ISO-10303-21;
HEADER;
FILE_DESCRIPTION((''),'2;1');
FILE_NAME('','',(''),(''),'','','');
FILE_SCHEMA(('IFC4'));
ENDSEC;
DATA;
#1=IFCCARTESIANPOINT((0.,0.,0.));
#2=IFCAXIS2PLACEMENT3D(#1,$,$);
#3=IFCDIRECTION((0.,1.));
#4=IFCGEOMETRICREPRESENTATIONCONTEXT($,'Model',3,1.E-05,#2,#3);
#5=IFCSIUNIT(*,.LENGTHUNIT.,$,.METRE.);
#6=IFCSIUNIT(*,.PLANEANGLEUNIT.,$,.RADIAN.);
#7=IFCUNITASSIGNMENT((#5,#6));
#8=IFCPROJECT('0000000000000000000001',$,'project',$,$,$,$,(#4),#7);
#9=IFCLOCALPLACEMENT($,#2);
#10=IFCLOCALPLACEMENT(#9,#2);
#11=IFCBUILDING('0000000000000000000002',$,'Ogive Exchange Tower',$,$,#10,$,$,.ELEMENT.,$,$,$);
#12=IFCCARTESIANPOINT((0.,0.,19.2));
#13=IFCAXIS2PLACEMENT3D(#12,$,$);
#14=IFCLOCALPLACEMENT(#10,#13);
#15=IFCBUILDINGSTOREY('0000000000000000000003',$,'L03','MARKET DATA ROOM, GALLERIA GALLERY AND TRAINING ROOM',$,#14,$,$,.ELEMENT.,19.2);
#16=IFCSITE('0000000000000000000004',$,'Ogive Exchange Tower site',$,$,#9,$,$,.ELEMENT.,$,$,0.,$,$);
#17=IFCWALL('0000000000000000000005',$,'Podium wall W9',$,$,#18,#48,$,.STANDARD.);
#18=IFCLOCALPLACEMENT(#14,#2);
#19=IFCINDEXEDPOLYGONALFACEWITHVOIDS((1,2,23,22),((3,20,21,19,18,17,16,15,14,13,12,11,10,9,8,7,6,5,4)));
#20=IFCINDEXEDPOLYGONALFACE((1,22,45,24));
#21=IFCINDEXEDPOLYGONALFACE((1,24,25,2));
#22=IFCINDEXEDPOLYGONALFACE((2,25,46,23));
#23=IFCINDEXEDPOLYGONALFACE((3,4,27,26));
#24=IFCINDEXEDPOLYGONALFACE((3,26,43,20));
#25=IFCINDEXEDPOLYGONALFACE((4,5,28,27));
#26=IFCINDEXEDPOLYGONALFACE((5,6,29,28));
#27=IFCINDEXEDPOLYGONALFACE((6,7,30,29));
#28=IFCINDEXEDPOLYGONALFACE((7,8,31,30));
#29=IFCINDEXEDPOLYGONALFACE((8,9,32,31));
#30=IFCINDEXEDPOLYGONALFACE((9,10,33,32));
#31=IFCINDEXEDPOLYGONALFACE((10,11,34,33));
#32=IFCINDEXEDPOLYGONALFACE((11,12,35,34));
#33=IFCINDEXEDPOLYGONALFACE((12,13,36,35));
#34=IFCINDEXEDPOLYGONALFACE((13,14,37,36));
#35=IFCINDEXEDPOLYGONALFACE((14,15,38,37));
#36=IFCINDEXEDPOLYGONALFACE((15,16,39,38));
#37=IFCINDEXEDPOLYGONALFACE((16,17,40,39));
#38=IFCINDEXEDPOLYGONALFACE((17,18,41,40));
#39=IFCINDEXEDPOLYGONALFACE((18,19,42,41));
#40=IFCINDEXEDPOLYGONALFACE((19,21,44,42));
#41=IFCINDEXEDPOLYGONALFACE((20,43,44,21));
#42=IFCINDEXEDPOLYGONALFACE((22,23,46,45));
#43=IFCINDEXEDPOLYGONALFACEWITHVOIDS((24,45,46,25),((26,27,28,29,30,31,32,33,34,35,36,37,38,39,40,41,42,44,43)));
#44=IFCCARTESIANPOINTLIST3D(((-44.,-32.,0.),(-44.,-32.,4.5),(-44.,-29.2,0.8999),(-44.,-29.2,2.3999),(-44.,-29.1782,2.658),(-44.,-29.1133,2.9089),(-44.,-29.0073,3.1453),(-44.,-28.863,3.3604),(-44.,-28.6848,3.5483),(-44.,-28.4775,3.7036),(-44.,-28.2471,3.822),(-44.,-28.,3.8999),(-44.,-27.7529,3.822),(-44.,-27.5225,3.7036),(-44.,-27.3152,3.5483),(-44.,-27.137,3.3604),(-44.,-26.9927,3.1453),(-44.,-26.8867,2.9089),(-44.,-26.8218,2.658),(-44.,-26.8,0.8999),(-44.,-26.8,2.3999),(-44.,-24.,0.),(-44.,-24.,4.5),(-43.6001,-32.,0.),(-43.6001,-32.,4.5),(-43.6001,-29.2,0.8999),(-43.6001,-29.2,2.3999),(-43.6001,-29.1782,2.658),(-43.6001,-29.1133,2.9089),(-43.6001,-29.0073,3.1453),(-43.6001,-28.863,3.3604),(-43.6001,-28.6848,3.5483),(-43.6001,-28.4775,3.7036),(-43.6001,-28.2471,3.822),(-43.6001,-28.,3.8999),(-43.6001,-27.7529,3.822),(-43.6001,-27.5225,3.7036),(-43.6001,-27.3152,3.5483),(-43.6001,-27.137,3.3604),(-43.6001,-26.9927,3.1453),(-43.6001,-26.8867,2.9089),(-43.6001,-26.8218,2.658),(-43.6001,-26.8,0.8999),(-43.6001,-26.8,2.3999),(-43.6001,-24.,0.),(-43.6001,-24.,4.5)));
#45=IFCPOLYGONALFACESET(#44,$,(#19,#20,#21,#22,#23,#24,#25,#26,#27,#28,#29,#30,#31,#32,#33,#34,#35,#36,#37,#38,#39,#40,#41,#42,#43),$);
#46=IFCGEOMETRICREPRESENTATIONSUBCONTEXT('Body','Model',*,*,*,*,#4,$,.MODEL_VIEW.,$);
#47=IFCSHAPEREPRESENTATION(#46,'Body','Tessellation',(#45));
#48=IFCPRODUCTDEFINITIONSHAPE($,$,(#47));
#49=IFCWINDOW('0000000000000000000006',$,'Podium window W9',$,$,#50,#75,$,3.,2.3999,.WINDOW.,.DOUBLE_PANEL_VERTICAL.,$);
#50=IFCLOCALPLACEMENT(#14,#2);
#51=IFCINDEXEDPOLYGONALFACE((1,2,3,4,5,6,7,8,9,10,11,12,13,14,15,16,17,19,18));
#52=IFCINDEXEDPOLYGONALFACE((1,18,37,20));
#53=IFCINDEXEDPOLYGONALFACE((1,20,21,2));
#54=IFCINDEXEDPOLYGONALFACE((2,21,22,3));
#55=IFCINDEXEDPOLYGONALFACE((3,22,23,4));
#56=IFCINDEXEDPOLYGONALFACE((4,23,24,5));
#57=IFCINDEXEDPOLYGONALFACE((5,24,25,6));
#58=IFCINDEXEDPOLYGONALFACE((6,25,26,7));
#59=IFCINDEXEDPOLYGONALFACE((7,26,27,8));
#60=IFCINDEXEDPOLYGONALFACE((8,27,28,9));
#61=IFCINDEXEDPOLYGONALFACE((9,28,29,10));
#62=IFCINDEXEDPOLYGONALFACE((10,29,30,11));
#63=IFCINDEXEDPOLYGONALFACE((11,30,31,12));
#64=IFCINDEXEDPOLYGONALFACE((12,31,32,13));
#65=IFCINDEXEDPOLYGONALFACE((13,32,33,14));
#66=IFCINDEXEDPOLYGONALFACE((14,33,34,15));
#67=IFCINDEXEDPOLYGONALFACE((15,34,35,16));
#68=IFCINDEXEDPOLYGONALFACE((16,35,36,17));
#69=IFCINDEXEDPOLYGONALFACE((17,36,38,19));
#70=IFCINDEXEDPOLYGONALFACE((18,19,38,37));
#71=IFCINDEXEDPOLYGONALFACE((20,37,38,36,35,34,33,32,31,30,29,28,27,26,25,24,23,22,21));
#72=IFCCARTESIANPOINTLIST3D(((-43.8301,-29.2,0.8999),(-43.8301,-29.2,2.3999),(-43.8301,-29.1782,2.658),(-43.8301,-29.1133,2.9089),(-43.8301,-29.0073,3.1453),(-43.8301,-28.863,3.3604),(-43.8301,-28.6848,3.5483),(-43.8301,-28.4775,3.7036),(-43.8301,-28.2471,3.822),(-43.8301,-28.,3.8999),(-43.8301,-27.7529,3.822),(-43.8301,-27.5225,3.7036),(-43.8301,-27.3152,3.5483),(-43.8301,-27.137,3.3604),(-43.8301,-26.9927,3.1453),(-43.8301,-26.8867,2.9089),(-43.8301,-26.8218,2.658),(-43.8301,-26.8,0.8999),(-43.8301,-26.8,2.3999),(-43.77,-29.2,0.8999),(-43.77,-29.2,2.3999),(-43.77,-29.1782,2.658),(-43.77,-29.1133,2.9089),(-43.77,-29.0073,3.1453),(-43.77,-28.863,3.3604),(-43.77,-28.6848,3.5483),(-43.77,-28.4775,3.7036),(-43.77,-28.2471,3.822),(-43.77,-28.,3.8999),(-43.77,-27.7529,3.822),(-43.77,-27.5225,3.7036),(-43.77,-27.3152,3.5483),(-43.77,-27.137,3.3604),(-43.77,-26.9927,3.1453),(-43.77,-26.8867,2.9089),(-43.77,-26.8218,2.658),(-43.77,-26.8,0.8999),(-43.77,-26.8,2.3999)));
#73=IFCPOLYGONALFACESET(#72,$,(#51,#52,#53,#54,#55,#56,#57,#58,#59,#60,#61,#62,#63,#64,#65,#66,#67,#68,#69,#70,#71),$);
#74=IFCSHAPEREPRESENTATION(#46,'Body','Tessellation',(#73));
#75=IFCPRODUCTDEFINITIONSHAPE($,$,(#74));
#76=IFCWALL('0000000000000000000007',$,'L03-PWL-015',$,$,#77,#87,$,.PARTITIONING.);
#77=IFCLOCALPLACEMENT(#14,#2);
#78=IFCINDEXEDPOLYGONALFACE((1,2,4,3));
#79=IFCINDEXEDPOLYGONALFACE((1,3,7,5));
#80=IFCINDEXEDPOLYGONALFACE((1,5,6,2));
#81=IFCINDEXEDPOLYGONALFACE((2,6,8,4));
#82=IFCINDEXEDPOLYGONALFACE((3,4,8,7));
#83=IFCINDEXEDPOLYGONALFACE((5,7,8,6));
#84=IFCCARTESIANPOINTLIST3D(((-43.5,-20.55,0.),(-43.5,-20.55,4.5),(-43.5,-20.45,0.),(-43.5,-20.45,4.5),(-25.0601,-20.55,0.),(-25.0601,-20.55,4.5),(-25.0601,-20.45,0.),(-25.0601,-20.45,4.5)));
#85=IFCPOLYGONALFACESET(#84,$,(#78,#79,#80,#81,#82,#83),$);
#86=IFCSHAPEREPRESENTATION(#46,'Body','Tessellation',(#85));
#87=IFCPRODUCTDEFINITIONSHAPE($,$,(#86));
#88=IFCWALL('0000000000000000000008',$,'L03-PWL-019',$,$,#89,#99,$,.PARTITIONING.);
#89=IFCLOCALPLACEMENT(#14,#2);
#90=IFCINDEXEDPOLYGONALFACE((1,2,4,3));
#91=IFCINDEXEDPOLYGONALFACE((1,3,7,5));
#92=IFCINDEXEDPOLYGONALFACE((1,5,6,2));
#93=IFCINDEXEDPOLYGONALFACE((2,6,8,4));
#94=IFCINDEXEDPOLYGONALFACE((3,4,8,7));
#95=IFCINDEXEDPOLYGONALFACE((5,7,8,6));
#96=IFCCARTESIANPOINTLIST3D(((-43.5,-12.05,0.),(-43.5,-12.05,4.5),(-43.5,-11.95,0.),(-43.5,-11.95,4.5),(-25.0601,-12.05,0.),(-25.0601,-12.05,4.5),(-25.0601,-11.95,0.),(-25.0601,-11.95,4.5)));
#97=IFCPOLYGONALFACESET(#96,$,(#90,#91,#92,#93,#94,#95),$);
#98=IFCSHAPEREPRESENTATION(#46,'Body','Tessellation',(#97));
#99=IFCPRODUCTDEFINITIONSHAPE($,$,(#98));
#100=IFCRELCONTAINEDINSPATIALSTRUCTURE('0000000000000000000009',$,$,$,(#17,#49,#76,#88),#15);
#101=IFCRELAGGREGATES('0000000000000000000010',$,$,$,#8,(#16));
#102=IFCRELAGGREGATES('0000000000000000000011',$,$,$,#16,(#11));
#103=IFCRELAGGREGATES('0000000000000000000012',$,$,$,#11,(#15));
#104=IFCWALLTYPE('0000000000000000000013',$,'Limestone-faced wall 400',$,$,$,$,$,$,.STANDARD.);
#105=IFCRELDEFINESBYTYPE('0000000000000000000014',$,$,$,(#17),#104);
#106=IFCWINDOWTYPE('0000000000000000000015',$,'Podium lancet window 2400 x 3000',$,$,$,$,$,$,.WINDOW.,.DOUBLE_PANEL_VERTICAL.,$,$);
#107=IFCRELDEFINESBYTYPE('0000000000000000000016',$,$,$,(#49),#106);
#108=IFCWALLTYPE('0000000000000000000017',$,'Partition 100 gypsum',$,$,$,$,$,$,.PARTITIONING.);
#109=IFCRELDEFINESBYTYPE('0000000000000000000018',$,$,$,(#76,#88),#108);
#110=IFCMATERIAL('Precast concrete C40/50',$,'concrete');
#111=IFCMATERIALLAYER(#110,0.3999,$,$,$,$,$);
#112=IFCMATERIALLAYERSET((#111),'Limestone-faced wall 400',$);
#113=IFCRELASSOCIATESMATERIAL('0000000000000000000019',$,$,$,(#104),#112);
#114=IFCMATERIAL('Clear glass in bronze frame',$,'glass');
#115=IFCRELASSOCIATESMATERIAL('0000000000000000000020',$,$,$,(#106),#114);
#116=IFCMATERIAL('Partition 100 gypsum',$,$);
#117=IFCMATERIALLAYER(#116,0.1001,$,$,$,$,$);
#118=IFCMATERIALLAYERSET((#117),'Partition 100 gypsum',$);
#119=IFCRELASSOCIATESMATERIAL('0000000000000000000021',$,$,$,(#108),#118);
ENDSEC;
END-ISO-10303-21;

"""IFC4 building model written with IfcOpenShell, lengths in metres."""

from ifc_helpers import new_model, si_unit, direction, frame, frame_2d, origin, place, context, subcontext, project, spatial, polyline, rectangle, outline, extrude, material, layer, layer_set, type_object, element, fill, save


model = new_model("IFC4")

# Units and contexts
model_context = context("Model", 3, precision=1e-05, world=origin(), true_north=direction((0.0, 1.0)))
body_context = subcontext(model_context, "Body", "Model", "MODEL_VIEW")
ifc_project = project(units=[si_unit("LENGTHUNIT", "METRE"), si_unit("PLANEANGLEUNIT", "RADIAN")], contexts=[model_context])

# Site, building, storey
site_placement = place(None, origin())
site = spatial("IfcSite", under=ifc_project, at=site_placement, Name="Ogive Exchange Tower site", CompositionType="ELEMENT", RefElevation=0.0)
building_placement = place(site_placement, origin())
building = spatial("IfcBuilding", under=site, at=building_placement, Name="Ogive Exchange Tower", CompositionType="ELEMENT")
storey_placement = place(building_placement, frame((0.0, 0.0, 19.2)))
storey = spatial("IfcBuildingStorey", under=building, at=storey_placement, Name="L03", Description="MARKET DATA ROOM, GALLERIA GALLERY AND TRAINING ROOM", CompositionType="ELEMENT", Elevation=19.2)

# Wall, opening, window
ifc_material_1 = material(Name="Precast concrete C40/50", Category="concrete")
ifc_layer_1 = layer(ifc_material_1, 0.3999)
ifc_layer_set_1 = layer_set([ifc_layer_1], Name="Limestone-faced wall 400")
wall_type_1 = type_object("IfcWallType", Name="Limestone-faced wall 400", PredefinedType="STANDARD", material=ifc_layer_set_1)
ifc_material_2 = material(Name="Clear glass in bronze frame", Category="glass")
window_type = type_object("IfcWindowType", Name="Podium lancet window 2400 x 3000", PartitioningType="DOUBLE_PANEL_VERTICAL", PredefinedType="WINDOW", material=ifc_material_2)
wall_1_placement = place(storey_placement, frame((-43.8, -24.0, 0.0), z_axis=(0.0, 0.0, 1.0), x_axis=(0.0, -1.0, 0.0)))
wall_1 = element("IfcWall", 1, at=wall_1_placement, inside=storey, type_object=wall_type_1, Name="Podium wall W9", PredefinedType="STANDARD", context=body_context, shape_type="SweptSolid", body=[
    extrude(rectangle(XDim=8.0, YDim=0.3999, at=frame_2d((4.0, 0.0))), origin(), (0.0, 0.0, 1.0), 4.5),
])
opening_1_placement = place(wall_1_placement, frame((2.8, 0.0, 0.8999)))
opening_1 = element("IfcOpeningElement", 2, at=opening_1_placement, cuts=wall_1, PredefinedType="OPENING", context=body_context, shape_type="SweptSolid", body=[
    extrude(outline(polyline([(0.0, 0.0), (2.3999, 0.0), (2.3999, 1.5), (2.3782, 1.7581), (2.3132, 2.009), (2.2073, 2.2454), (2.063, 2.4604), (1.8848, 2.6484), (1.6775, 2.8037), (1.447, 2.9221), (1.2, 3.0), (0.9529, 2.9221), (0.7224, 2.8037), (0.5151, 2.6484), (0.3369, 2.4604), (0.1926, 2.2454), (0.0867, 2.009), (0.0217, 1.7581), (0.0, 1.5), (0.0, 0.0)])), frame((0.0, 0.21, 0.0), z_axis=(0.0, -1.0, 0.0), x_axis=(1.0, 0.0, 0.0)), (0.0, 0.0, 1.0), 0.4199),
])
window_1_placement = place(opening_1_placement, origin())
window_1 = element("IfcWindow", 3, at=window_1_placement, inside=storey, type_object=window_type, Name="Podium window W9", OverallHeight=3.0, OverallWidth=2.3999, PartitioningType="DOUBLE_PANEL_VERTICAL", PredefinedType="WINDOW", context=body_context, shape_type="SweptSolid", body=[
    extrude(outline(polyline([(0.0, 0.0), (2.3999, 0.0), (2.3999, 1.5), (2.3782, 1.7581), (2.3132, 2.009), (2.2073, 2.2454), (2.063, 2.4604), (1.8848, 2.6484), (1.6775, 2.8037), (1.447, 2.9221), (1.2, 3.0), (0.9529, 2.9221), (0.7224, 2.8037), (0.5151, 2.6484), (0.3369, 2.4604), (0.1926, 2.2454), (0.0867, 2.009), (0.0217, 1.7581), (0.0, 1.5), (0.0, 0.0)])), frame((0.0, 0.03, 0.0), z_axis=(0.0, -1.0, 0.0), x_axis=(1.0, 0.0, 0.0)), (0.0, 0.0, 1.0), 0.0601),
])
fill(opening_1, window_1)

# Walls
ifc_material_3 = material(Name="Partition 100 gypsum")
ifc_layer_2 = layer(ifc_material_3, 0.1001)
ifc_layer_set_2 = layer_set([ifc_layer_2], Name="Partition 100 gypsum")
wall_type_2 = type_object("IfcWallType", Name="Partition 100 gypsum", PredefinedType="PARTITIONING", material=ifc_layer_set_2)
for number, where, z_axis, x_axis, name in (
    (4, (-43.5, -20.5, 0.0), (0.0, 0.0, 1.0), (1.0, 0.0, 0.0), "L03-PWL-015"),
    (5, (-43.5, -12.0, 0.0), (0.0, 0.0, 1.0), (1.0, 0.0, 0.0), "L03-PWL-019"),
):
    element("IfcWall", number, at=place(storey_placement, frame(where, z_axis=z_axis, x_axis=x_axis)), inside=storey, type_object=wall_type_2, Name=name, PredefinedType="PARTITIONING", context=body_context, shape_type="SweptSolid", body=[
        extrude(rectangle(XDim=18.4399, YDim=0.1001, at=frame_2d((9.22, 0.0))), origin(), (0.0, 0.0, 1.0), 4.5),
    ])

save(model, "model.ifc")
